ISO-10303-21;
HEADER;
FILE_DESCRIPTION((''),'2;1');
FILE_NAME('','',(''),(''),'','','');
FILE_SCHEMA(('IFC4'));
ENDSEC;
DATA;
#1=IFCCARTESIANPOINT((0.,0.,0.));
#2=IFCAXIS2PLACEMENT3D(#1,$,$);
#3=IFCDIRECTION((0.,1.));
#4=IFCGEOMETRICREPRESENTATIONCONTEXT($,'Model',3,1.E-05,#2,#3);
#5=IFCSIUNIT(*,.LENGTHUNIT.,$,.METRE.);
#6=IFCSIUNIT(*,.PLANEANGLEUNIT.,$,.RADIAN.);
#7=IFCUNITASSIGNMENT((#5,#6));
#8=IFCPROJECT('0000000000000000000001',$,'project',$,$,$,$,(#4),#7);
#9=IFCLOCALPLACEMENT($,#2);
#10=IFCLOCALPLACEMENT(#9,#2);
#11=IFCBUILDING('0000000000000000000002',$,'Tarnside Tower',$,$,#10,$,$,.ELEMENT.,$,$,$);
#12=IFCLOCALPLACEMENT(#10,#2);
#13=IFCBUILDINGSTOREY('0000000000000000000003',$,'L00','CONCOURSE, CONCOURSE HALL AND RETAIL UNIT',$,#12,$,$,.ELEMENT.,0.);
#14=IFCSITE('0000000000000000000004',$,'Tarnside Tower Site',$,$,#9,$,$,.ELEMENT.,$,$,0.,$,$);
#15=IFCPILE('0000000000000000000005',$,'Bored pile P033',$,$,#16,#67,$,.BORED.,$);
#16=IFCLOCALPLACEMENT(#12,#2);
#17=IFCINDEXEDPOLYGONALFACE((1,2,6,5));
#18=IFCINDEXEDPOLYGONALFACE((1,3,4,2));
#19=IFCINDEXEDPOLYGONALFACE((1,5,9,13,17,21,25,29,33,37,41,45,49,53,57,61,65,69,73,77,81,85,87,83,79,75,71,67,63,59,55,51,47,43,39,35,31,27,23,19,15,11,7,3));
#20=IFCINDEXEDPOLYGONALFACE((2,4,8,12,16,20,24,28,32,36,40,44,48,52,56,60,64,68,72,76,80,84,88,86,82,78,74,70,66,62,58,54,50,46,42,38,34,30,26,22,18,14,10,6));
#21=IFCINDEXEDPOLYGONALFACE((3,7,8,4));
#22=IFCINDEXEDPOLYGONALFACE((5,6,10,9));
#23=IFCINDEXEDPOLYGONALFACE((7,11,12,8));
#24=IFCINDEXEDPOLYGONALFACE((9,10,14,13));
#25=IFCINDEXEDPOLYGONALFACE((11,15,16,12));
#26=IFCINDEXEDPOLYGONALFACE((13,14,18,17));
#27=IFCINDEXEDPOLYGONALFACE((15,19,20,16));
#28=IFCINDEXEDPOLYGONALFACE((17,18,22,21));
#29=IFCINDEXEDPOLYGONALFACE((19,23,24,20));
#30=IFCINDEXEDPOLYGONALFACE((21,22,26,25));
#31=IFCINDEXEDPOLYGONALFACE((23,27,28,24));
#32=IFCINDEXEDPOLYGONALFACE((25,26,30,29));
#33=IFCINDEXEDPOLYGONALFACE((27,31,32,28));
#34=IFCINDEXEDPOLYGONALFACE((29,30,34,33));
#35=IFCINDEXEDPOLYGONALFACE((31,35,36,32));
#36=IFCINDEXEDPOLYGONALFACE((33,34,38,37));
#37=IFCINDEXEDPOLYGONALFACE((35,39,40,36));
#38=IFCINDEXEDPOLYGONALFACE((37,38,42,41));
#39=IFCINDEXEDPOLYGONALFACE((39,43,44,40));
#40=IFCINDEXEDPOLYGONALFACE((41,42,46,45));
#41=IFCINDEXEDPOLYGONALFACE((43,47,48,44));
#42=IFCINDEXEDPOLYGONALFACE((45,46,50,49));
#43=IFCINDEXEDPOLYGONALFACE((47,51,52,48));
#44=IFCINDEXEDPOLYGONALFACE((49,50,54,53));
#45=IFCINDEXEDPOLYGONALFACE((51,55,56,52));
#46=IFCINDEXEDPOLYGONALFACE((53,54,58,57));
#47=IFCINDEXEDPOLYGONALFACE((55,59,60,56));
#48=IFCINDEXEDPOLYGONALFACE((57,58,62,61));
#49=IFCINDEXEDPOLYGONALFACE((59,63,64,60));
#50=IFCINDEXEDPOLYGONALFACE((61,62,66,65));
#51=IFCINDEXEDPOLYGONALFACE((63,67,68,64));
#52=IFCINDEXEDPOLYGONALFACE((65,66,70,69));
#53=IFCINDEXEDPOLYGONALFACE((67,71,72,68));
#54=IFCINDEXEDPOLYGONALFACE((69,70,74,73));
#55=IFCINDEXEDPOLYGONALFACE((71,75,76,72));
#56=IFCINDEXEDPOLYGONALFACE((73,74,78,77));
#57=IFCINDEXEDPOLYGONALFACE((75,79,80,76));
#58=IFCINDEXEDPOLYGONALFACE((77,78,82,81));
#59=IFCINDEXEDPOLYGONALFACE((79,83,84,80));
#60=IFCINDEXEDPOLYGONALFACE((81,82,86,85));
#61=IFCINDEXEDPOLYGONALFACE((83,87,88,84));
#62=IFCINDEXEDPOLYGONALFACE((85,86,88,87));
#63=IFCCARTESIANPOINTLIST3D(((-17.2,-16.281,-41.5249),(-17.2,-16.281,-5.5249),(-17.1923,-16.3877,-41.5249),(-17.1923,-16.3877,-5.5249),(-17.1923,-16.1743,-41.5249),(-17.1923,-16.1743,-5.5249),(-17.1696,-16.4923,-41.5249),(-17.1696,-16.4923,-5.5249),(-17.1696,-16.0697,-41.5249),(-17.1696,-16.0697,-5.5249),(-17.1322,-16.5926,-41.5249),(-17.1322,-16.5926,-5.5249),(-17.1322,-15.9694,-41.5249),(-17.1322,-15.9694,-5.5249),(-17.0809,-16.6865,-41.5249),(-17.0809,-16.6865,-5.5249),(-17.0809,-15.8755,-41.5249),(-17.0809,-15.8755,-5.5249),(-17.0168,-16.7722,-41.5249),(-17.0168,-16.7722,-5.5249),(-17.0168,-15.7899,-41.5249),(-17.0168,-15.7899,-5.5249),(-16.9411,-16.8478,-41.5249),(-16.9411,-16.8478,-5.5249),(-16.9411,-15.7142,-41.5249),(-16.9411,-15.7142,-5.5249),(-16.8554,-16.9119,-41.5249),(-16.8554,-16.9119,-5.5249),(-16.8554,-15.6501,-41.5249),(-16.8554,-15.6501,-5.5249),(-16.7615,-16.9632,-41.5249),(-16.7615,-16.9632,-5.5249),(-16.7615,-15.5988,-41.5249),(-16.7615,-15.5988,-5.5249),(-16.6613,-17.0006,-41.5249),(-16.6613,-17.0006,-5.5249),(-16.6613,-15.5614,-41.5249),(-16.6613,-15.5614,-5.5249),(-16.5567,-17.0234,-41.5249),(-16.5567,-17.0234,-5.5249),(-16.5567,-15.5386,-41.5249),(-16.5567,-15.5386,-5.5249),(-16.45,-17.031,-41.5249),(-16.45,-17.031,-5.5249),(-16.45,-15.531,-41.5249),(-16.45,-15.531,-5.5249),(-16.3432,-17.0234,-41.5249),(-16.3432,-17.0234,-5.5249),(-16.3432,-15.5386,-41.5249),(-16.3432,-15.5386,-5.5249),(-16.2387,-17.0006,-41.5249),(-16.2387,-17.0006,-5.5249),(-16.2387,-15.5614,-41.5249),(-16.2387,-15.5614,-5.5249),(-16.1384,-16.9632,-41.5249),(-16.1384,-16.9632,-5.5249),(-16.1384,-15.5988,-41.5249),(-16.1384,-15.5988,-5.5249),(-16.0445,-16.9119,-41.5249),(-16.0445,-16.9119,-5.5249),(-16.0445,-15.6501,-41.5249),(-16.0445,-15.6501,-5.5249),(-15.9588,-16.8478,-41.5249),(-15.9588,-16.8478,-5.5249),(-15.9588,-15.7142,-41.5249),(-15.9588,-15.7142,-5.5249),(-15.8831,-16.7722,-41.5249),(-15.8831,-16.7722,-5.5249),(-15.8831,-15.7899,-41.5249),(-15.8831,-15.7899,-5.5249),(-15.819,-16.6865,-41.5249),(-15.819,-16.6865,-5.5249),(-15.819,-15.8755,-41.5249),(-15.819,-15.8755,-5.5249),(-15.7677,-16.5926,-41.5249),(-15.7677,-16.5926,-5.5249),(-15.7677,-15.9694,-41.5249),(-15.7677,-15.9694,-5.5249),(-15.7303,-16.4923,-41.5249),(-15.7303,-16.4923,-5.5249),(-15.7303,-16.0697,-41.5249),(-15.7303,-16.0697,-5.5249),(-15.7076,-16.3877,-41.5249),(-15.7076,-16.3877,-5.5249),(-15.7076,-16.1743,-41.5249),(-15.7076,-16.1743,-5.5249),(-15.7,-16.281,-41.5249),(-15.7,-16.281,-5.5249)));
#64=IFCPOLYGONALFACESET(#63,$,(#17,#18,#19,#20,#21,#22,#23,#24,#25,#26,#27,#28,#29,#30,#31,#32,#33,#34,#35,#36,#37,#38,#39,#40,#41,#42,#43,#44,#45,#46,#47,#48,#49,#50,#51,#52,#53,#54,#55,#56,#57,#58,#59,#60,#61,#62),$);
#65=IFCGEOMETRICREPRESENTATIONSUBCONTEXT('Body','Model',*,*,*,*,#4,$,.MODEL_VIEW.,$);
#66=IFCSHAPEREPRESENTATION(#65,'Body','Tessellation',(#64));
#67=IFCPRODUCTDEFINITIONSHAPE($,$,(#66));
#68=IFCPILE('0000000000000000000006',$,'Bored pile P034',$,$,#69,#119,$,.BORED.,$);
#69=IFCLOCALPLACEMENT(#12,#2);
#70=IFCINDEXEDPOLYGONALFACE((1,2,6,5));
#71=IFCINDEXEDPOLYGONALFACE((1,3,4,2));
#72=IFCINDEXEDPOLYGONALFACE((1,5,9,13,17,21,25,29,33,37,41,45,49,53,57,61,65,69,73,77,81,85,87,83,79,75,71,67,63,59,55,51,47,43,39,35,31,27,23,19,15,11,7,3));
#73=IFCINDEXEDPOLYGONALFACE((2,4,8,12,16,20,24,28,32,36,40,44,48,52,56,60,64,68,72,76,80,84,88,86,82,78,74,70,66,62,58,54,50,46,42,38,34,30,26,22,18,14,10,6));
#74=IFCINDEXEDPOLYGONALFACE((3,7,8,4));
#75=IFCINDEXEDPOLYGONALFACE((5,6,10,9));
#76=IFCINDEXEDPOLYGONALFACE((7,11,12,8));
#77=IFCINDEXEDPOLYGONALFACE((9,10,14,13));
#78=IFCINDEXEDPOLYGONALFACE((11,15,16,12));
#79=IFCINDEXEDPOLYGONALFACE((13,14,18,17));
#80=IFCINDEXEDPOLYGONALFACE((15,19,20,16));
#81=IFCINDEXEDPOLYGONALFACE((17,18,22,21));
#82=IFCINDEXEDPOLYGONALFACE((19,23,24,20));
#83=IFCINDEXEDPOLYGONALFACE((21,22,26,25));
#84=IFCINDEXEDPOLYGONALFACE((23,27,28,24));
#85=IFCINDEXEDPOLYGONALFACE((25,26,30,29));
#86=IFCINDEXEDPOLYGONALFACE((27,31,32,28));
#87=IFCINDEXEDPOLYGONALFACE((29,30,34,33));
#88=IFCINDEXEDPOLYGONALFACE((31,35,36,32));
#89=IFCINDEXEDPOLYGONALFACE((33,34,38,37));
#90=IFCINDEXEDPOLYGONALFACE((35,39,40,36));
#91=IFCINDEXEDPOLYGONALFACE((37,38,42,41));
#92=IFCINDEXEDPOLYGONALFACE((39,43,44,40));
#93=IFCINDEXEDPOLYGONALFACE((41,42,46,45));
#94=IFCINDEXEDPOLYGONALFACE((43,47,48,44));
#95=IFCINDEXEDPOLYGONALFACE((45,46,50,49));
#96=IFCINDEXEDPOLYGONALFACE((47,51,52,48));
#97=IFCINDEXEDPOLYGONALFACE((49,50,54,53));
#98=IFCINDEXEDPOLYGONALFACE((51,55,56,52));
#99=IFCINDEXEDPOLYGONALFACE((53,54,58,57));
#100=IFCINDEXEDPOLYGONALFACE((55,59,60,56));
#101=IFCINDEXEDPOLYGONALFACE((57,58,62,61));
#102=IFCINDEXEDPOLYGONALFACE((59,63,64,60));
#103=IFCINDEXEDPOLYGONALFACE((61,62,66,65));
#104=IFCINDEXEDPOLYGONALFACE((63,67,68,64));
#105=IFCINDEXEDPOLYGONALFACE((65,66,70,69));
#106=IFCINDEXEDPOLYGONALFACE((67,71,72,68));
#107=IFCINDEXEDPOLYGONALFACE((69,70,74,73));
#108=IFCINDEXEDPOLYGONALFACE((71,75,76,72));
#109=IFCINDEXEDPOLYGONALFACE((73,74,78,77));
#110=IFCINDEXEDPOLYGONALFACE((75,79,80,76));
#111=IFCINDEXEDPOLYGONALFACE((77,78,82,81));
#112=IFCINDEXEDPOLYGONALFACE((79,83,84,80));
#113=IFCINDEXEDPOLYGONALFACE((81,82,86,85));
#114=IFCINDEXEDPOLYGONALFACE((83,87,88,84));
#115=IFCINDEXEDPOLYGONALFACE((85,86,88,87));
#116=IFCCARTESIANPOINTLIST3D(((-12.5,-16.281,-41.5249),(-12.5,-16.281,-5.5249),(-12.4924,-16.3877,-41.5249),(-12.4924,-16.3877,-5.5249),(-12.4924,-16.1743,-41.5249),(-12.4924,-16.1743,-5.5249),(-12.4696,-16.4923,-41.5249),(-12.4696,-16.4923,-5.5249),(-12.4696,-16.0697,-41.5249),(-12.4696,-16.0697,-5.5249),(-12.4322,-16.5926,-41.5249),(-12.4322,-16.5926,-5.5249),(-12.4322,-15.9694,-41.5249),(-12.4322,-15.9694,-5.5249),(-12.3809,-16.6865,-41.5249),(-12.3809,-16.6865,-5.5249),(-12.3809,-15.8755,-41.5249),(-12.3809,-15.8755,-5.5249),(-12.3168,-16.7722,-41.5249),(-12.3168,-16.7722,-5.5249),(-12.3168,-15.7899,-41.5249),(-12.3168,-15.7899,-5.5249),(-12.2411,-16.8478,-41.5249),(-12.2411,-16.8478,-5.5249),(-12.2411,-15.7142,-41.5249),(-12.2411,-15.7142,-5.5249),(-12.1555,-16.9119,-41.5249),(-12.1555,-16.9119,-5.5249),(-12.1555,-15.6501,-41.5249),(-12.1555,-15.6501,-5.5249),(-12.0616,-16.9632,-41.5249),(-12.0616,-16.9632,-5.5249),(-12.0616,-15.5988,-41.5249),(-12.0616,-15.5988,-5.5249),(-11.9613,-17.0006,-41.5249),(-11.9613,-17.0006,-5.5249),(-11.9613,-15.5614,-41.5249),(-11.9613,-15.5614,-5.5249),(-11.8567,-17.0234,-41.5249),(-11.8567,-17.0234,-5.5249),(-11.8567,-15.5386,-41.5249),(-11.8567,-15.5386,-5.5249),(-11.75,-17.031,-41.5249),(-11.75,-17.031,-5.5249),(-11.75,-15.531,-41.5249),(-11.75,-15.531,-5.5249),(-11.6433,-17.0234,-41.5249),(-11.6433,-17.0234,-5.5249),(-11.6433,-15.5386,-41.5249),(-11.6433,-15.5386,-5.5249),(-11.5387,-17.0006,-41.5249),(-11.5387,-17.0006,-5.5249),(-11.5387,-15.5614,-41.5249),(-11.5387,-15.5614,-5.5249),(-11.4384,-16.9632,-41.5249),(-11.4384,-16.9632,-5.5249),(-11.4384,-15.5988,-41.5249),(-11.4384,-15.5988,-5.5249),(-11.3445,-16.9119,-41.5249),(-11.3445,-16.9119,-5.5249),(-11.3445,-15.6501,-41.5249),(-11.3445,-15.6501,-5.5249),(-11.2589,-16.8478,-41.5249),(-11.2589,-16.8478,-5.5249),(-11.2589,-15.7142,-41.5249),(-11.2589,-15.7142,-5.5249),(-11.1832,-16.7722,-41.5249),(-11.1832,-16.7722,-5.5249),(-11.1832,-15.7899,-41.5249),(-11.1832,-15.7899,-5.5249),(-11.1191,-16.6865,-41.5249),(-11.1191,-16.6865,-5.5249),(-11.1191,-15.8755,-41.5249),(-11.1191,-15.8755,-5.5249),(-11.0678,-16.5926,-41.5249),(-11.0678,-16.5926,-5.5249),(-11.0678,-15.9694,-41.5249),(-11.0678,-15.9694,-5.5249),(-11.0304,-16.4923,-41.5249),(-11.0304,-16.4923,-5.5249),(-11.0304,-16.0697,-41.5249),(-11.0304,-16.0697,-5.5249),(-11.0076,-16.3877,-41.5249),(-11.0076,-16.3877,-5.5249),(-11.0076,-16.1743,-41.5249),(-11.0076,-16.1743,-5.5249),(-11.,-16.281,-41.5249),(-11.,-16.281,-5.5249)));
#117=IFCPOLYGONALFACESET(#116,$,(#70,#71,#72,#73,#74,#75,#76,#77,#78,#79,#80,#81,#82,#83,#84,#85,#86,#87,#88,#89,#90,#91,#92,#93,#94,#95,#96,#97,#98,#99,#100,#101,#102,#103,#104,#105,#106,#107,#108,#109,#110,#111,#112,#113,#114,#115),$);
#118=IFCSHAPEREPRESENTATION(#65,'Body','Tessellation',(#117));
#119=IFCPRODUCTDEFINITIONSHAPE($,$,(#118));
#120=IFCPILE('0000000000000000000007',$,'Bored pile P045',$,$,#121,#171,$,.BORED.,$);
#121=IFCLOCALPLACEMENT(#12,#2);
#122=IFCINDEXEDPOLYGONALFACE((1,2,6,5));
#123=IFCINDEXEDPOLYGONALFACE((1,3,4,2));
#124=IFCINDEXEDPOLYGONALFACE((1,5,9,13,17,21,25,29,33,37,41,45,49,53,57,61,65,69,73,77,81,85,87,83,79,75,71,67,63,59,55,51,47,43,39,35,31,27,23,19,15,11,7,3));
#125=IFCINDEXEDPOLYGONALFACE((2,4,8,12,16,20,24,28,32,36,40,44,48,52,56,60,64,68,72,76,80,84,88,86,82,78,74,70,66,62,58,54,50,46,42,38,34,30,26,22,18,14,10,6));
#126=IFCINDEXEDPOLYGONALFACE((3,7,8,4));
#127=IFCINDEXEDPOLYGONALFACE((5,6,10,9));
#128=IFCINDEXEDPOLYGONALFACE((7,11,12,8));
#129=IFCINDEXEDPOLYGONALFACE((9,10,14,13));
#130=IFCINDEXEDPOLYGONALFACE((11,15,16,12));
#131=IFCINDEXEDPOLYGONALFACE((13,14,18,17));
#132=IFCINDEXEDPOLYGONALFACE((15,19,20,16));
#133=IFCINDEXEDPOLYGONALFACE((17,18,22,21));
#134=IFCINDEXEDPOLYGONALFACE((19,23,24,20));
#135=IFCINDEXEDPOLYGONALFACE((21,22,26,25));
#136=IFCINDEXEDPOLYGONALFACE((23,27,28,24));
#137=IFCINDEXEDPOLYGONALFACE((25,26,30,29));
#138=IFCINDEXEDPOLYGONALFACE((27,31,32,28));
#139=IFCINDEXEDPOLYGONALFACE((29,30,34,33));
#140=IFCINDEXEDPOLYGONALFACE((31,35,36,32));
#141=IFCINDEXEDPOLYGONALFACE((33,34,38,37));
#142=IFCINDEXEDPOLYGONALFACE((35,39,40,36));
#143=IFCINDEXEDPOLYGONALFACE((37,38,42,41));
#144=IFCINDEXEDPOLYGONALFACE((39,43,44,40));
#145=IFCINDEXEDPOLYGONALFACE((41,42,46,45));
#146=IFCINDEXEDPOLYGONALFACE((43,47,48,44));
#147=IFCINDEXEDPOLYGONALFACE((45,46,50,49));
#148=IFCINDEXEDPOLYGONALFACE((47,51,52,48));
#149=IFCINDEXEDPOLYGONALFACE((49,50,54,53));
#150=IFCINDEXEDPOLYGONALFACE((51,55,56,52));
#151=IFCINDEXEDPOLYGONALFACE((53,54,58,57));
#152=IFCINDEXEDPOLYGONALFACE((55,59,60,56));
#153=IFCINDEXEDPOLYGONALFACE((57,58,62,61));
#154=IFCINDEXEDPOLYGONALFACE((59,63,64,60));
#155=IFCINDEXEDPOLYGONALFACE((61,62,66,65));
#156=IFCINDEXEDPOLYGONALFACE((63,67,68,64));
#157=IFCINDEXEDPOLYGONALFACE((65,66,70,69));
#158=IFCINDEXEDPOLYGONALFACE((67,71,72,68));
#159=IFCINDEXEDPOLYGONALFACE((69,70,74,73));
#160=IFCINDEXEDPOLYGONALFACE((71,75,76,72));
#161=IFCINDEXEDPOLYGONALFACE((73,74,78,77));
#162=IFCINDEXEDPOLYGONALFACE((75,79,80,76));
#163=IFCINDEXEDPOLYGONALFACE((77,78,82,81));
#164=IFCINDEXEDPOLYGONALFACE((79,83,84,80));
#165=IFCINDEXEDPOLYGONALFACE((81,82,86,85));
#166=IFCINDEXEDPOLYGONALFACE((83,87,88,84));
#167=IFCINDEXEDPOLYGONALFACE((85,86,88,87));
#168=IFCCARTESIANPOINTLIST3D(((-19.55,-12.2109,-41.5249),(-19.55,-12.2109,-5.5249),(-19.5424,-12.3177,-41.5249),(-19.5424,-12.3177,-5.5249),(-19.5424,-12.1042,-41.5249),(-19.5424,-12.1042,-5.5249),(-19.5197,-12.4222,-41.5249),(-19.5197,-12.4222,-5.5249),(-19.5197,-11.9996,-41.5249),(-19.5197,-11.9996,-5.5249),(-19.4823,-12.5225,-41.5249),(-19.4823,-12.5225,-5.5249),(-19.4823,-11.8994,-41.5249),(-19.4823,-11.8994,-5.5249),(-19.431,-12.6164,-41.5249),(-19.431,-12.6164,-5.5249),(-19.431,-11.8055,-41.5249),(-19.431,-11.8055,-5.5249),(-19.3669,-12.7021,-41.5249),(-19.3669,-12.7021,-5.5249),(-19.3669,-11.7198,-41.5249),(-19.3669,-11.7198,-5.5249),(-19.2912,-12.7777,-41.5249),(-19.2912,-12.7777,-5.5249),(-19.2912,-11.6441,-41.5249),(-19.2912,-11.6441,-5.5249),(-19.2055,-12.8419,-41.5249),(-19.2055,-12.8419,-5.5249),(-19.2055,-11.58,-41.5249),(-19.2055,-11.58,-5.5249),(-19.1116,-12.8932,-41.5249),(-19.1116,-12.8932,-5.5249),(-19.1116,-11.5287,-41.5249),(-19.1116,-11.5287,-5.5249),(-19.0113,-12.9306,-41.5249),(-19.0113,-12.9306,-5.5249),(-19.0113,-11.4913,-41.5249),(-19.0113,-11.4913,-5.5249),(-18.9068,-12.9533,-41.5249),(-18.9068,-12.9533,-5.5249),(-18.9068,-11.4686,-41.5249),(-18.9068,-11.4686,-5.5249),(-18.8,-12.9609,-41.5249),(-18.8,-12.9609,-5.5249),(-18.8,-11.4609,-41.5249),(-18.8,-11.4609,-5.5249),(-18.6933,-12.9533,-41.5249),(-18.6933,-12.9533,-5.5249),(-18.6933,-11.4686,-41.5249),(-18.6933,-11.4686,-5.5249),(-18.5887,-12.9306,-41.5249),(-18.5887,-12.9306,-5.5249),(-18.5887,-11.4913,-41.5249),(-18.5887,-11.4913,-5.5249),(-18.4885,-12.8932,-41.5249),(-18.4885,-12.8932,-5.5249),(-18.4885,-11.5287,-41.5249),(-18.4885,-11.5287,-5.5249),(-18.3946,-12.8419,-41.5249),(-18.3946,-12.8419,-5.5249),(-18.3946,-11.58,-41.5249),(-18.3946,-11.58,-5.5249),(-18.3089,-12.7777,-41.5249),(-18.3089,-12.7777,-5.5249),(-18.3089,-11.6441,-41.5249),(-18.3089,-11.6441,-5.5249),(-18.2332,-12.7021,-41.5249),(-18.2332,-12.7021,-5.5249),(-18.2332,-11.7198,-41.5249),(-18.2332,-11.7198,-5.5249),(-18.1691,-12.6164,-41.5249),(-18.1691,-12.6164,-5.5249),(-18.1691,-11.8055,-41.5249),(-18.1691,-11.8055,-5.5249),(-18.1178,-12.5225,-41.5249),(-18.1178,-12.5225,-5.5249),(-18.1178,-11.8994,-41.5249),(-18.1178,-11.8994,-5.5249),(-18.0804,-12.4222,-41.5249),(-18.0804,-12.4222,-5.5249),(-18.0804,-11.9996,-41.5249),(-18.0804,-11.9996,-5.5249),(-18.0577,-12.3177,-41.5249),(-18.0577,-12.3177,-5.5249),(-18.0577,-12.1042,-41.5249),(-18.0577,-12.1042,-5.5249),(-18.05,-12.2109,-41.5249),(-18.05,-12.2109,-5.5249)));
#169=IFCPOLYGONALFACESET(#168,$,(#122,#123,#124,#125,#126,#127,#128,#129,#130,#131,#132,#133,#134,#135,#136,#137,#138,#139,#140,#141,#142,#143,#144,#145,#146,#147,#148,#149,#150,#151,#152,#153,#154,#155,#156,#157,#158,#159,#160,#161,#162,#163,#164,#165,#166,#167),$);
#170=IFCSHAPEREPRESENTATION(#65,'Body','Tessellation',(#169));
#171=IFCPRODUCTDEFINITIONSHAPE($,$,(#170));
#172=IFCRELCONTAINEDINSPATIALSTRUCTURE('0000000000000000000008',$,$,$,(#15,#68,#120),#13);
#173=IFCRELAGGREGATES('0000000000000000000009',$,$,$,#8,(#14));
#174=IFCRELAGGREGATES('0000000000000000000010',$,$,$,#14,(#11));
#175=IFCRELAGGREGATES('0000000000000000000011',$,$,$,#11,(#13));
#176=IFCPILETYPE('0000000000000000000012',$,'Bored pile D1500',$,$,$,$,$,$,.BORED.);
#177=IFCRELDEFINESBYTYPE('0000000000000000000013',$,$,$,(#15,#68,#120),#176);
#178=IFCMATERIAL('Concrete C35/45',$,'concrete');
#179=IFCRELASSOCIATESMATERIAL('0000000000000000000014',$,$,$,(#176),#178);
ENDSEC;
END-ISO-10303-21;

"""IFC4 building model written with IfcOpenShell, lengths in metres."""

from ifc_helpers import new_model, si_unit, direction, frame, origin, origin_2d, place, context, subcontext, project, spatial, circle, extrude, material, material_profile, profile_set, type_object, element, save


model = new_model("IFC4")

# Units and contexts
model_context = context("Model", 3, precision=1e-05, world=origin(), true_north=direction((0.0, 1.0)))
body_context = subcontext(model_context, "Body", "Model", "MODEL_VIEW")
ifc_project = project(units=[si_unit("LENGTHUNIT", "METRE"), si_unit("PLANEANGLEUNIT", "RADIAN")], contexts=[model_context])

# Site, building, storey
site_placement = place(None, origin())
site = spatial("IfcSite", under=ifc_project, at=site_placement, Name="Tarnside Tower Site", CompositionType="ELEMENT", RefElevation=0.0)
building_placement = place(site_placement, origin())
building = spatial("IfcBuilding", under=site, at=building_placement, Name="Tarnside Tower", CompositionType="ELEMENT")
storey_placement = place(building_placement, origin())
storey = spatial("IfcBuildingStorey", under=building, at=storey_placement, Name="L00", Description="CONCOURSE, CONCOURSE HALL AND RETAIL UNIT", CompositionType="ELEMENT", Elevation=0.0)

# Piles
ifc_material_1 = material(Name="Concrete C35/45", Category="concrete")
ifc_material_profile_1 = material_profile(ifc_material_1, circle(Radius=0.75, at=origin_2d()), Name="Bored pile D1500")
ifc_profile_set_1 = profile_set([ifc_material_profile_1], Name="Concrete C35/45")
pile_type = type_object("IfcPileType", Name="Bored pile D1500", PredefinedType="BORED", material=ifc_profile_set_1)
for number, where, z_axis, x_axis, name in (
    (1, (-16.45, -16.281, -5.5249), (0.0, 0.0, -1.0), (1.0, 0.0, 0.0), "Bored pile P033"),
    (2, (-11.75, -16.281, -5.5249), (0.0, 0.0, -1.0), (1.0, 0.0, 0.0), "Bored pile P034"),
    (3, (-18.8, -12.2109, -5.5249), (0.0, 0.0, -1.0), (1.0, 0.0, 0.0), "Bored pile P045"),
):
    element("IfcPile", number, at=place(storey_placement, frame(where, z_axis=z_axis, x_axis=x_axis)), inside=storey, type_object=pile_type, Name=name, PredefinedType="BORED", context=body_context, shape_type="SweptSolid", body=[
        extrude(circle(Radius=0.75, at=origin_2d()), origin(), (0.0, 0.0, 1.0), 36.0),
    ])

save(model, "model.ifc")
